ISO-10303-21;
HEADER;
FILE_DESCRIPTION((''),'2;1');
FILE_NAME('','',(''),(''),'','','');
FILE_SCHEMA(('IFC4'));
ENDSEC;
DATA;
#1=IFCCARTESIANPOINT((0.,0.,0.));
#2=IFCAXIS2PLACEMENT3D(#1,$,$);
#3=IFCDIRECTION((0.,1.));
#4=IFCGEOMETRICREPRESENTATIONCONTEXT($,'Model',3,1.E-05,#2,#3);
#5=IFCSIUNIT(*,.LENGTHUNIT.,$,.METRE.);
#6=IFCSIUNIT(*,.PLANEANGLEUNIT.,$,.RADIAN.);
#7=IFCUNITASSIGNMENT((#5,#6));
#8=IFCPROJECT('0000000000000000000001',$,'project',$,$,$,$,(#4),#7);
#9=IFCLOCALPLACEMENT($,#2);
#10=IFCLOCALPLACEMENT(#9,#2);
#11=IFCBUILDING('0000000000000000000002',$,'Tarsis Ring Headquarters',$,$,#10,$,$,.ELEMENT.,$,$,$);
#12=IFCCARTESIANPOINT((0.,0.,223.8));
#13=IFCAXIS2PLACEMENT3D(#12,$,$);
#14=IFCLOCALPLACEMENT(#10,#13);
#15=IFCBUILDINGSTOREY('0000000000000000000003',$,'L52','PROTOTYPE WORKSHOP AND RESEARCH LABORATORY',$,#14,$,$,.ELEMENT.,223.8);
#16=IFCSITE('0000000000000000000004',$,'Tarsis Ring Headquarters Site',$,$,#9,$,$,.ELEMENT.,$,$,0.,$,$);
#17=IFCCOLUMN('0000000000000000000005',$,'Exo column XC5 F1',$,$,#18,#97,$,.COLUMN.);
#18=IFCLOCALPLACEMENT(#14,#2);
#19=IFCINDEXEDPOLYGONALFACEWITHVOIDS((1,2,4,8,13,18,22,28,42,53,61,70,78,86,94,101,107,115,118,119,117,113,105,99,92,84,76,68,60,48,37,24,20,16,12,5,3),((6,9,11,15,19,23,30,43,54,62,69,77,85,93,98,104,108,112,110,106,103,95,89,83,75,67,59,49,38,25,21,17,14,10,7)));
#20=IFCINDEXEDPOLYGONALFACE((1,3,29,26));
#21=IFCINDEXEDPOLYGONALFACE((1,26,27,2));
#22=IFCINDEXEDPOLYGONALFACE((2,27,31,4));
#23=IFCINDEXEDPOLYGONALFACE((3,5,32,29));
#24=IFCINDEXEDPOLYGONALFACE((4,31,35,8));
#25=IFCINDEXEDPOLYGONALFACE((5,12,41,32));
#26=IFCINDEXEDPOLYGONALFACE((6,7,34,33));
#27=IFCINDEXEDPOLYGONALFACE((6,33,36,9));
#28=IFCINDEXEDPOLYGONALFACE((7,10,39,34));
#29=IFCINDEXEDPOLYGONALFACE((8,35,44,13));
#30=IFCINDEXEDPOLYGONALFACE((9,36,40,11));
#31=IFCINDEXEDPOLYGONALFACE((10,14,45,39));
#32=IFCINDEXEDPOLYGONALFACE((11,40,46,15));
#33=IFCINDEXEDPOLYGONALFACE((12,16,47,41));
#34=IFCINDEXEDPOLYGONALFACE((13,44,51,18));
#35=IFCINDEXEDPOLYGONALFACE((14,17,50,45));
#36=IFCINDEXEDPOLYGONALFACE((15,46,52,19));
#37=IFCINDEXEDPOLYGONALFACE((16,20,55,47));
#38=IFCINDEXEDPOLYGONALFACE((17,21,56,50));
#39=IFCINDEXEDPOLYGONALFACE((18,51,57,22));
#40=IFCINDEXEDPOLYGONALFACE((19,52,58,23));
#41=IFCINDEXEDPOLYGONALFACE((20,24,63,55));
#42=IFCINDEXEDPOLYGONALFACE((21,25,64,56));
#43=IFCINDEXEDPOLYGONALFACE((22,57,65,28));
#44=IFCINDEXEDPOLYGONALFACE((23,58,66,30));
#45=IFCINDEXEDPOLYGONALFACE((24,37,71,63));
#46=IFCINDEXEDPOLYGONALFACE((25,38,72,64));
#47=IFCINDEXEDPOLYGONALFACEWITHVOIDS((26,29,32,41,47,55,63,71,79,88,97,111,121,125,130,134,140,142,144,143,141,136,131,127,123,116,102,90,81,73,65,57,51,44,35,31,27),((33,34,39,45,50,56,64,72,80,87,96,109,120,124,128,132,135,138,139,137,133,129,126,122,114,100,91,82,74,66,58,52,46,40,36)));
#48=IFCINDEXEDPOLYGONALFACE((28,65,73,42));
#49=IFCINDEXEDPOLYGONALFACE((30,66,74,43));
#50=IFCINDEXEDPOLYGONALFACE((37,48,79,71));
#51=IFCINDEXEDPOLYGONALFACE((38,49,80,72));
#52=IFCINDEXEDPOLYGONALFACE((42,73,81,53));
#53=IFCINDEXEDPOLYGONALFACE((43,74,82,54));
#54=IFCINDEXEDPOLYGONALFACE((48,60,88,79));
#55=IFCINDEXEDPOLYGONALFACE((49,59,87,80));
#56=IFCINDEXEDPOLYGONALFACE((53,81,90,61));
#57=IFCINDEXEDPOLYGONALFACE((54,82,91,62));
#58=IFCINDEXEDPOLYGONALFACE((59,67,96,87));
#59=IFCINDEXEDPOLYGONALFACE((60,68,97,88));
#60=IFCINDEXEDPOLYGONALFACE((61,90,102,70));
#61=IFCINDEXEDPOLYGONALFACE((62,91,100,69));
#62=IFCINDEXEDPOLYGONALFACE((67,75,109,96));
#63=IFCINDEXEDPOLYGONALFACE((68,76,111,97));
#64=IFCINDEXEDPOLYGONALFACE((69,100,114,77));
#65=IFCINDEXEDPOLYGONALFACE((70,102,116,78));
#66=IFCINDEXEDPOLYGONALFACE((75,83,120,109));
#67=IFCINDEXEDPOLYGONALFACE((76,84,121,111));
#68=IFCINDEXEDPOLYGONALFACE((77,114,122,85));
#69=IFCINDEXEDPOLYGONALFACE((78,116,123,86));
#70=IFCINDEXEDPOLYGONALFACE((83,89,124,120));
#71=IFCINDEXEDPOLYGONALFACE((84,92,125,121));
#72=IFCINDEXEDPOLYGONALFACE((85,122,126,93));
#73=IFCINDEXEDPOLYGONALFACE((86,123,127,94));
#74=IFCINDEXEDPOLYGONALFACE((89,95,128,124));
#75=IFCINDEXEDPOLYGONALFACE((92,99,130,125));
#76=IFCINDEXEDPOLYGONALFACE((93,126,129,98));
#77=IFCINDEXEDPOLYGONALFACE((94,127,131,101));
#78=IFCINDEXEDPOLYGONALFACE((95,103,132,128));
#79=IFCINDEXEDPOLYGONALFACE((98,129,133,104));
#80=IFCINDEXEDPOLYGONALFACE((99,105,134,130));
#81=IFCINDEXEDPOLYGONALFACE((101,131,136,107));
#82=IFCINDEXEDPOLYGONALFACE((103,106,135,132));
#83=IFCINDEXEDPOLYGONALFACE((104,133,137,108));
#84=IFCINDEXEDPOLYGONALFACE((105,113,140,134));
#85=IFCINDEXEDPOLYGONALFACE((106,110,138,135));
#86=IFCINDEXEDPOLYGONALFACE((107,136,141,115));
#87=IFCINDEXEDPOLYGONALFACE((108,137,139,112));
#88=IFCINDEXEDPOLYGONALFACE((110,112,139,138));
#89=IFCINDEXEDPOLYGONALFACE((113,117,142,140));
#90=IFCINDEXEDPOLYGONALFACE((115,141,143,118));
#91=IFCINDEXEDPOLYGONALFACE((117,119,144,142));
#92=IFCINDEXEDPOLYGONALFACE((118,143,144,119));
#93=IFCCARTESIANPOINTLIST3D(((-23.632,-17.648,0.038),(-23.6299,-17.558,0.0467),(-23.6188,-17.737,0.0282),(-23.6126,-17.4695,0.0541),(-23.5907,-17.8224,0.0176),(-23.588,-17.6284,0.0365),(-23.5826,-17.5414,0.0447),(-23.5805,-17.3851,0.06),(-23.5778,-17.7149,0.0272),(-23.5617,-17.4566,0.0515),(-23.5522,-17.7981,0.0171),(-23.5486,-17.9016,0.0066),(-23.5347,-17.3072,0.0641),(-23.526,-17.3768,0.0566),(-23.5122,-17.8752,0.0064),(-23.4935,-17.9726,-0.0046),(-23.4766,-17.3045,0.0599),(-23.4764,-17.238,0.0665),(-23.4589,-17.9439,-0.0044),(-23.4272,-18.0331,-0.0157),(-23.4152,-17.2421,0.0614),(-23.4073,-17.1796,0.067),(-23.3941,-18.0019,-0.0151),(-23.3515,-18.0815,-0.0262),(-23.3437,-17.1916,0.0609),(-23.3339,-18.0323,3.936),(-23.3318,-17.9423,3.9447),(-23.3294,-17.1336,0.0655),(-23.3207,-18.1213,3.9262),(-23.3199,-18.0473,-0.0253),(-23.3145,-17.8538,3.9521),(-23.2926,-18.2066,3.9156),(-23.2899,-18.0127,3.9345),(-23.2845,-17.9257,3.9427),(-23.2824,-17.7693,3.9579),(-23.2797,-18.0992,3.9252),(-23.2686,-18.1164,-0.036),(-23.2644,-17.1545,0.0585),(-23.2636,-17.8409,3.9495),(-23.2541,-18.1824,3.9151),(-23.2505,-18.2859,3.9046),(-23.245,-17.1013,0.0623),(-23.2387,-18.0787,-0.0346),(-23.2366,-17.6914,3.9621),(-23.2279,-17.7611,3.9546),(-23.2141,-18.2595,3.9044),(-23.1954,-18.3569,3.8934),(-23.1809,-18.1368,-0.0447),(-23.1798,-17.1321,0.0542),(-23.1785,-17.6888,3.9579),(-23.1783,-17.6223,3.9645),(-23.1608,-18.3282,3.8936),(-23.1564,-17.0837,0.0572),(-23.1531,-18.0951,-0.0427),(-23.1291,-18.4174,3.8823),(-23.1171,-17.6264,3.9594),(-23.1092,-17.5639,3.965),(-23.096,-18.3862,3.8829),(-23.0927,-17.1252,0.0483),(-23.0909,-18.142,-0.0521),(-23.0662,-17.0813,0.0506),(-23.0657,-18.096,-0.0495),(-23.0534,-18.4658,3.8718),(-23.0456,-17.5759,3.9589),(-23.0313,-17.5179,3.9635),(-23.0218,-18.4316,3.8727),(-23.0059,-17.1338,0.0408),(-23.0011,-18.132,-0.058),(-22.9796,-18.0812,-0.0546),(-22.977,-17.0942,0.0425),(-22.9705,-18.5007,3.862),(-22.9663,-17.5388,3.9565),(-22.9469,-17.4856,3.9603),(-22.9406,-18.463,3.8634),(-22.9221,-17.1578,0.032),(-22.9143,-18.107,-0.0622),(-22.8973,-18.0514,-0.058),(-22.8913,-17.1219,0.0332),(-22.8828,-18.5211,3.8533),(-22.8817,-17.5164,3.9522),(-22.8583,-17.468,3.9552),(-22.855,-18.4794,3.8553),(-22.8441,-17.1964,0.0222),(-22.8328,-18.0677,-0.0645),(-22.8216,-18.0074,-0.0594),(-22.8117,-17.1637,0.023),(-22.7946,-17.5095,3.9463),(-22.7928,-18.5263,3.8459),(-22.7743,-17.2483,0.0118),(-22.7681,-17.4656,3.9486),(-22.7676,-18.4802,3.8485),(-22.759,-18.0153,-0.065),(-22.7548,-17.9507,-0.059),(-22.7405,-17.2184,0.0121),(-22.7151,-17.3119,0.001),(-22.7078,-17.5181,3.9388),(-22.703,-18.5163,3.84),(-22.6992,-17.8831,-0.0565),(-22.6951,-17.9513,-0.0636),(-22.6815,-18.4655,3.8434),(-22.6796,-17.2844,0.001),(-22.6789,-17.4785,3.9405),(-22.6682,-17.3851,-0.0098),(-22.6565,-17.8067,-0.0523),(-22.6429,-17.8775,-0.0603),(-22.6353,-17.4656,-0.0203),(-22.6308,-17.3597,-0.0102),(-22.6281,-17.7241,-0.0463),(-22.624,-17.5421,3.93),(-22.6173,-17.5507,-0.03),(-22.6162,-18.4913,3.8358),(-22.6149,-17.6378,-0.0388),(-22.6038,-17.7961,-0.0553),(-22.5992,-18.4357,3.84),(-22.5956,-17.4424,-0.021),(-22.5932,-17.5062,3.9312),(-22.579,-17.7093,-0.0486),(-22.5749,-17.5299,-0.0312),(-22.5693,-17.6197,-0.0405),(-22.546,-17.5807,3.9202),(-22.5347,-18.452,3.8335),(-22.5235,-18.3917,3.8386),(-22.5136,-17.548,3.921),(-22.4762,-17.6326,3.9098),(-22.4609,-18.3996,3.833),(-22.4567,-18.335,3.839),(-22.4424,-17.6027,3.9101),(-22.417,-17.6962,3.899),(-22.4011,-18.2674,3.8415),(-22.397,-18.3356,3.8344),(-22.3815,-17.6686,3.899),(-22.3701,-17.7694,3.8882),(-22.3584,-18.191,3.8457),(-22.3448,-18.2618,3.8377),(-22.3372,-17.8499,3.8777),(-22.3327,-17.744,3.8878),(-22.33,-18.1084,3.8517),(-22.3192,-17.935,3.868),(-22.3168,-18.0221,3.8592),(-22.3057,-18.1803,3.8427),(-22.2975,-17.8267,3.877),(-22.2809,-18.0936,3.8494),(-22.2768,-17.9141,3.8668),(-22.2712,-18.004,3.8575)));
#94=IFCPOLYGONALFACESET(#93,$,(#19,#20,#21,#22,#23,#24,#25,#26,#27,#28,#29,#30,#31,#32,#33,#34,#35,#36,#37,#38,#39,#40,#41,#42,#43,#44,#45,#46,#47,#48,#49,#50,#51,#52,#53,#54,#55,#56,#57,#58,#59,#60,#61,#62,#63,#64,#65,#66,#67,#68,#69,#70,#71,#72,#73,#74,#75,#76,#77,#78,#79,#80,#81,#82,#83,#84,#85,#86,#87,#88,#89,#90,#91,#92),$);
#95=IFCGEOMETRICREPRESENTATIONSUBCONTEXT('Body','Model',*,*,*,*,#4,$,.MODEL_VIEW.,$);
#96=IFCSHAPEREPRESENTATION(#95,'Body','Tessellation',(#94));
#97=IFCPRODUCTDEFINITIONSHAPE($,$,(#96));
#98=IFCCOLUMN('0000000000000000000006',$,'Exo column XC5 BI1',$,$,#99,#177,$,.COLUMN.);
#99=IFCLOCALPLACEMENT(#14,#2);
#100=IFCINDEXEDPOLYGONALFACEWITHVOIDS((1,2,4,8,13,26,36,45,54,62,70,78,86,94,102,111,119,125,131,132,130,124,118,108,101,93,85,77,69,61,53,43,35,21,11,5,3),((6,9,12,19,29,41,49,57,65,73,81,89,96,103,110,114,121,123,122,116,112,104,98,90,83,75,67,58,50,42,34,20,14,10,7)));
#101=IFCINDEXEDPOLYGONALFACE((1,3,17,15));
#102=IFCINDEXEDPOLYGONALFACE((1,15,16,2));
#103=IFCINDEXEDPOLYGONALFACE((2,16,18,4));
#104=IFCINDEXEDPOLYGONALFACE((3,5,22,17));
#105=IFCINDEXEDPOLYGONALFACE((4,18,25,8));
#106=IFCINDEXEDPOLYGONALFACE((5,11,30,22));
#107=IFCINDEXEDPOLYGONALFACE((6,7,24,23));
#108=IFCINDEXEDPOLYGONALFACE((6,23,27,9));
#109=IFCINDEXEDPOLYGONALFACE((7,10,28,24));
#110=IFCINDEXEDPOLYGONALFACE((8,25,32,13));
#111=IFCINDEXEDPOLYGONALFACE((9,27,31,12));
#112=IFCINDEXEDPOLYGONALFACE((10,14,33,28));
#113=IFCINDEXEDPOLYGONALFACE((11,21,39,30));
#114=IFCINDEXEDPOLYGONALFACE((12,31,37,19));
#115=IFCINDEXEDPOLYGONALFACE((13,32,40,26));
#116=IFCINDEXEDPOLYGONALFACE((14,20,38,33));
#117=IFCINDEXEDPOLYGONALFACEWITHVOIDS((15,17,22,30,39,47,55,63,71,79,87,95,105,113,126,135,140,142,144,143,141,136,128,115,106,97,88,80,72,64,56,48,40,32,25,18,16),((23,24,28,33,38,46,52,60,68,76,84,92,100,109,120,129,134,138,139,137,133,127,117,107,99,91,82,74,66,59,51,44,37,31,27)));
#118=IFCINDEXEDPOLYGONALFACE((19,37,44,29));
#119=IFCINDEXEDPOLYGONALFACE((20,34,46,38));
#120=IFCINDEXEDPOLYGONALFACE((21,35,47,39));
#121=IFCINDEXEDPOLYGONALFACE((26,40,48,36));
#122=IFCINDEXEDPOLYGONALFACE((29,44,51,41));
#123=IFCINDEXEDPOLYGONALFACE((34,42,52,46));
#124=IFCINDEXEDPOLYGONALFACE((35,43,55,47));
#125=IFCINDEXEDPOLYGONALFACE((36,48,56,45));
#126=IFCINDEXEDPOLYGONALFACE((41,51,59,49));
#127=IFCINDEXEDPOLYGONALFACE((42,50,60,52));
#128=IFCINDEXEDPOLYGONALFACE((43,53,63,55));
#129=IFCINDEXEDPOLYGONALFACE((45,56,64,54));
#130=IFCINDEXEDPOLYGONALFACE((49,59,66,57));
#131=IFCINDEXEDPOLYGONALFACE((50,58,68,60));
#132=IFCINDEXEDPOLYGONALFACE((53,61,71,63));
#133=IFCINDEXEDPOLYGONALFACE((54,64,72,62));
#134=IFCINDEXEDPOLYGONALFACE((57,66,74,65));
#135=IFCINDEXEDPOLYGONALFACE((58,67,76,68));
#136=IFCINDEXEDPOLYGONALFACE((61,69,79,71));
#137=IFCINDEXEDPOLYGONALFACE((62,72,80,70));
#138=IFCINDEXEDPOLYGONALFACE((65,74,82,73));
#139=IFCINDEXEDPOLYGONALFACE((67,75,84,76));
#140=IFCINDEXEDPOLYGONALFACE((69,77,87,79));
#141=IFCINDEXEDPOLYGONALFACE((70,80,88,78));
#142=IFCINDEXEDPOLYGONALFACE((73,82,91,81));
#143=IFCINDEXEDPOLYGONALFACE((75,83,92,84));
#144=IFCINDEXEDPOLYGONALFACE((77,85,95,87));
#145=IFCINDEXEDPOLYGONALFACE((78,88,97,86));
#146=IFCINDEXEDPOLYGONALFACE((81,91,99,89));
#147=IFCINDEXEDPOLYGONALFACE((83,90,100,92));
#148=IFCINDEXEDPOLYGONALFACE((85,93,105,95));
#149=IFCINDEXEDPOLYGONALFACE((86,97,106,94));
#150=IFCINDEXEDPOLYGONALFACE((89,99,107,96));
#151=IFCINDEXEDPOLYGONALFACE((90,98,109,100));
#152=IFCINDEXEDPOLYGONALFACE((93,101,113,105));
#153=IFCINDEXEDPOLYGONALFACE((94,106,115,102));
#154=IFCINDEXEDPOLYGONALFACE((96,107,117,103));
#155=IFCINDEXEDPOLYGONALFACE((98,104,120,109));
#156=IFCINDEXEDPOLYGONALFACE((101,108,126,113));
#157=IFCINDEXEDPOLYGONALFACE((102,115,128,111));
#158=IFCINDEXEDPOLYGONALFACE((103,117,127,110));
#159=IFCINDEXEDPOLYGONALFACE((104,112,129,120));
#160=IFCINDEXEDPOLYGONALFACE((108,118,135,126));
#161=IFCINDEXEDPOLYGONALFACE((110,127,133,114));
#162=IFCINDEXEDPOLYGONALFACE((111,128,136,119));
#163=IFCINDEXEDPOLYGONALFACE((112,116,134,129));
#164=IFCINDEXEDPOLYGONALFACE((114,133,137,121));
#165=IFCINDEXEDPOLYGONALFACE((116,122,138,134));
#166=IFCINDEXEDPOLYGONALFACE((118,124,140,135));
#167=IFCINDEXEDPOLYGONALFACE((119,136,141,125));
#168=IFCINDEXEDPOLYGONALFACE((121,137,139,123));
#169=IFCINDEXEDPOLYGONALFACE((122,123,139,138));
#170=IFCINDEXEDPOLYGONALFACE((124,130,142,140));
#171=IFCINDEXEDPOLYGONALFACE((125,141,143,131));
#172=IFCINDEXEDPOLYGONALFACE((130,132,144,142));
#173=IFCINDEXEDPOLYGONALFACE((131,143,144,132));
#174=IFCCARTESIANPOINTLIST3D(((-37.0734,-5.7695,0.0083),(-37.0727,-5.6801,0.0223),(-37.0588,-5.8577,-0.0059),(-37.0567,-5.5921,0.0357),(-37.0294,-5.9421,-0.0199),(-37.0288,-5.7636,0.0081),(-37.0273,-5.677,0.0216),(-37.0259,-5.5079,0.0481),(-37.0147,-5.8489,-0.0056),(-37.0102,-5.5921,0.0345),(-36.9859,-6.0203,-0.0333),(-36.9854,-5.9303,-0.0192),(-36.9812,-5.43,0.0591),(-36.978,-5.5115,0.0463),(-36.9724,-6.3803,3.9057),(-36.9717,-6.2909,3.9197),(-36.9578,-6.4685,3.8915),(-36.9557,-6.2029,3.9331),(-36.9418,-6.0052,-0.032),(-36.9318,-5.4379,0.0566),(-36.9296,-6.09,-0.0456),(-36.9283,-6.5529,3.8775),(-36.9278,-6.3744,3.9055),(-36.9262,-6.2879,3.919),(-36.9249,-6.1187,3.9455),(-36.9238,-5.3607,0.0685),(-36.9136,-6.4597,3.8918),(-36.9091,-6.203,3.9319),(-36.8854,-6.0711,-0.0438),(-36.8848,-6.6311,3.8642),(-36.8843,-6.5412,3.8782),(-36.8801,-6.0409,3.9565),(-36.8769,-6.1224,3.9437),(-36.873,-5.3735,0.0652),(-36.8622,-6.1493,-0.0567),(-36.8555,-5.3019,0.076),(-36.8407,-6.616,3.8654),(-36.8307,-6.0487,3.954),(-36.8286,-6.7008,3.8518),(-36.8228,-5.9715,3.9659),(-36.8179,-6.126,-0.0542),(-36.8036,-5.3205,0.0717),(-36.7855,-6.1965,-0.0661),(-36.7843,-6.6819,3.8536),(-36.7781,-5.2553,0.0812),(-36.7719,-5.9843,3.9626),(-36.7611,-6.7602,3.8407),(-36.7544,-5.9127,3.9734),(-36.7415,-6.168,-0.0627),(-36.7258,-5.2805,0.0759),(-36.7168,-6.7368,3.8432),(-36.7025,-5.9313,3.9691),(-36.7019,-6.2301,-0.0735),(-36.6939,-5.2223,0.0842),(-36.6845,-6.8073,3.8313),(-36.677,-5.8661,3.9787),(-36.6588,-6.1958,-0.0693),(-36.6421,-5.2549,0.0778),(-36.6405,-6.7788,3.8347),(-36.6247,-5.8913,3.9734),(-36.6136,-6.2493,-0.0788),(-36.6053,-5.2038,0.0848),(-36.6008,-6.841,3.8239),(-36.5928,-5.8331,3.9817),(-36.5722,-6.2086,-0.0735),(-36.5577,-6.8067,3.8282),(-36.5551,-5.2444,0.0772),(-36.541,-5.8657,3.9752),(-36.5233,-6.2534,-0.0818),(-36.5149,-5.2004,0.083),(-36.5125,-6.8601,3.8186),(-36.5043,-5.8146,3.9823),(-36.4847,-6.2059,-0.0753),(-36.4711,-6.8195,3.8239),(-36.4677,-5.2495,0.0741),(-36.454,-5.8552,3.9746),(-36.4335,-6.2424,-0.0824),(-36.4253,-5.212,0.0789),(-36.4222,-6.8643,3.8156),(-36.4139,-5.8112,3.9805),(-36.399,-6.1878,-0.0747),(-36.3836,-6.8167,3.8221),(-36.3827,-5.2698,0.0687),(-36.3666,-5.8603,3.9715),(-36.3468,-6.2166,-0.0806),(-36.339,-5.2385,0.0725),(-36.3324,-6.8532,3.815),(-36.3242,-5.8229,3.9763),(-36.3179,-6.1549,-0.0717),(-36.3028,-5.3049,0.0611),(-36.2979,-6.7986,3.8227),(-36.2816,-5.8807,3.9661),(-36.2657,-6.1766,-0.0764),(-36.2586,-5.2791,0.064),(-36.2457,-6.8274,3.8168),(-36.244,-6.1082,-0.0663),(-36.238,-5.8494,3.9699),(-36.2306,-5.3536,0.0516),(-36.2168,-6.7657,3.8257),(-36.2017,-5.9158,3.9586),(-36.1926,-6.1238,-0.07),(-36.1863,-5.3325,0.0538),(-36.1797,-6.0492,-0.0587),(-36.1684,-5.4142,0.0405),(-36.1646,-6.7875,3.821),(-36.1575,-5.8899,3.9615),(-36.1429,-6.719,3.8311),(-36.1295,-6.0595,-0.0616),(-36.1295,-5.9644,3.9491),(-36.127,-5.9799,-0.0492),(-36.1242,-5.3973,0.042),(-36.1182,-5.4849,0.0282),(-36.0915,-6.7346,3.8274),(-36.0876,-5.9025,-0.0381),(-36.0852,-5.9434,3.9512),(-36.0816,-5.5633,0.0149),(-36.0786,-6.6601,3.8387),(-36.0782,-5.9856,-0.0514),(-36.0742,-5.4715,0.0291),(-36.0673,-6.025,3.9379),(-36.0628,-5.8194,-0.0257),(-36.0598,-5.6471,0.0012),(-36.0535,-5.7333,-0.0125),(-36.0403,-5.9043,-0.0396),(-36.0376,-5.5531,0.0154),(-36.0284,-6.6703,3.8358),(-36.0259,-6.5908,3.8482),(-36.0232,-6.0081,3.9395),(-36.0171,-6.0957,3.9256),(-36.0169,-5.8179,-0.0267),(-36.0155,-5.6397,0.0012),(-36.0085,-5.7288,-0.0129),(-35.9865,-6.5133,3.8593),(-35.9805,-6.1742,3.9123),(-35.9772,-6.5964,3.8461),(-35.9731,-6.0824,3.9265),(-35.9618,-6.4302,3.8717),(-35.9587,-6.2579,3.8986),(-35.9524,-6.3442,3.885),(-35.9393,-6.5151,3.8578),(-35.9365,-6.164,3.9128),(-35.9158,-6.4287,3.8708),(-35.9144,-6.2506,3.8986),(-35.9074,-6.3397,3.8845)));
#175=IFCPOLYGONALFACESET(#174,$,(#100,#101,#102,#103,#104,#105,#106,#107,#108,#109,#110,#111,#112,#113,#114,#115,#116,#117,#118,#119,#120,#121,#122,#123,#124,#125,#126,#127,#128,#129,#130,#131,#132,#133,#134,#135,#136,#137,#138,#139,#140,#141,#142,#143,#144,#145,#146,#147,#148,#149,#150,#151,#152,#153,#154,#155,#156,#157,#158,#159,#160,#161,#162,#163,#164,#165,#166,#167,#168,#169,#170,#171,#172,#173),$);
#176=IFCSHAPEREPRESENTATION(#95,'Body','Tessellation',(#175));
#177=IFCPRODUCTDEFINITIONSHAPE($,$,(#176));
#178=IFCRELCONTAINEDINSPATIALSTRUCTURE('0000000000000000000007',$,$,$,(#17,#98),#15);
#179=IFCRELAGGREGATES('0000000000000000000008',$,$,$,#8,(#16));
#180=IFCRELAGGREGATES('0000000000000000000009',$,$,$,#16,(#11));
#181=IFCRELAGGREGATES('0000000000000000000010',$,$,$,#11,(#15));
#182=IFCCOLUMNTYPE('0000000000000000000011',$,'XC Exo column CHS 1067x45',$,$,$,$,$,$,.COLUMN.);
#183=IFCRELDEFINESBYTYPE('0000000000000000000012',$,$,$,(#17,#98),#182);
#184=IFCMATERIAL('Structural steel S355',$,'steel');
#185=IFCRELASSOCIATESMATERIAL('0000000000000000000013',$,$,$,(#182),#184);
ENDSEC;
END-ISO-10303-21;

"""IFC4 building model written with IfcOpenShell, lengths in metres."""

from ifc_helpers import new_model, si_unit, direction, frame, origin, origin_2d, place, context, subcontext, project, spatial, hollow_circle, extrude, material, material_profile, profile_set, type_object, element, save


model = new_model("IFC4")

# Units and contexts
model_context = context("Model", 3, precision=1e-05, world=origin(), true_north=direction((0.0, 1.0)))
body_context = subcontext(model_context, "Body", "Model", "MODEL_VIEW")
ifc_project = project(units=[si_unit("LENGTHUNIT", "METRE"), si_unit("PLANEANGLEUNIT", "RADIAN")], contexts=[model_context])

# Site, building, storey
site_placement = place(None, origin())
site = spatial("IfcSite", under=ifc_project, at=site_placement, Name="Tarsis Ring Headquarters Site", CompositionType="ELEMENT", RefElevation=0.0)
building_placement = place(site_placement, origin())
building = spatial("IfcBuilding", under=site, at=building_placement, Name="Tarsis Ring Headquarters", CompositionType="ELEMENT")
storey_placement = place(building_placement, frame((0.0, 0.0, 223.8)))
storey = spatial("IfcBuildingStorey", under=building, at=storey_placement, Name="L52", Description="PROTOTYPE WORKSHOP AND RESEARCH LABORATORY", CompositionType="ELEMENT", Elevation=223.8)

# Columns
ifc_material_1 = material(Name="Structural steel S355", Category="steel")
ifc_material_profile_1 = material_profile(ifc_material_1, hollow_circle(Radius=0.5334, WallThickness=0.0449, at=origin_2d()), Name="CHS 1067x45")
ifc_profile_set_1 = profile_set([ifc_material_profile_1], Name="Structural steel S355")
column_type = type_object("IfcColumnType", Name="XC Exo column CHS 1067x45", PredefinedType="COLUMN", material=ifc_profile_set_1)
column_1_placement = place(storey_placement, frame((-23.1011, -17.6113, 0.001), z_axis=(0.075887, -0.097826, 0.992306), x_axis=(0.790135, 0.612932, 0.0)))
element("IfcColumn", 1, at=column_1_placement, inside=storey, type_object=column_type, Name="Exo column XC5 F1", PredefinedType="COLUMN", context=body_context, shape_type="SweptSolid", body=[
    extrude(hollow_circle(Radius=0.5334, WallThickness=0.0449, at=origin_2d()), origin(), (0.0, 0.0, 1.0), 3.9282),
])
column_2_placement = place(storey_placement, frame((-36.5417, -5.7268, 0.0012), z_axis=(0.025612, -0.154787, 0.987616), x_axis=(0.986585, 0.163248, 0.0)))
element("IfcColumn", 2, at=column_2_placement, inside=storey, type_object=column_type, Name="Exo column XC5 BI1", PredefinedType="COLUMN", context=body_context, shape_type="SweptSolid", body=[
    extrude(hollow_circle(Radius=0.5334, WallThickness=0.0449, at=origin_2d()), origin(), (0.0, 0.0, 1.0), 3.9463),
])

save(model, "model.ifc")
